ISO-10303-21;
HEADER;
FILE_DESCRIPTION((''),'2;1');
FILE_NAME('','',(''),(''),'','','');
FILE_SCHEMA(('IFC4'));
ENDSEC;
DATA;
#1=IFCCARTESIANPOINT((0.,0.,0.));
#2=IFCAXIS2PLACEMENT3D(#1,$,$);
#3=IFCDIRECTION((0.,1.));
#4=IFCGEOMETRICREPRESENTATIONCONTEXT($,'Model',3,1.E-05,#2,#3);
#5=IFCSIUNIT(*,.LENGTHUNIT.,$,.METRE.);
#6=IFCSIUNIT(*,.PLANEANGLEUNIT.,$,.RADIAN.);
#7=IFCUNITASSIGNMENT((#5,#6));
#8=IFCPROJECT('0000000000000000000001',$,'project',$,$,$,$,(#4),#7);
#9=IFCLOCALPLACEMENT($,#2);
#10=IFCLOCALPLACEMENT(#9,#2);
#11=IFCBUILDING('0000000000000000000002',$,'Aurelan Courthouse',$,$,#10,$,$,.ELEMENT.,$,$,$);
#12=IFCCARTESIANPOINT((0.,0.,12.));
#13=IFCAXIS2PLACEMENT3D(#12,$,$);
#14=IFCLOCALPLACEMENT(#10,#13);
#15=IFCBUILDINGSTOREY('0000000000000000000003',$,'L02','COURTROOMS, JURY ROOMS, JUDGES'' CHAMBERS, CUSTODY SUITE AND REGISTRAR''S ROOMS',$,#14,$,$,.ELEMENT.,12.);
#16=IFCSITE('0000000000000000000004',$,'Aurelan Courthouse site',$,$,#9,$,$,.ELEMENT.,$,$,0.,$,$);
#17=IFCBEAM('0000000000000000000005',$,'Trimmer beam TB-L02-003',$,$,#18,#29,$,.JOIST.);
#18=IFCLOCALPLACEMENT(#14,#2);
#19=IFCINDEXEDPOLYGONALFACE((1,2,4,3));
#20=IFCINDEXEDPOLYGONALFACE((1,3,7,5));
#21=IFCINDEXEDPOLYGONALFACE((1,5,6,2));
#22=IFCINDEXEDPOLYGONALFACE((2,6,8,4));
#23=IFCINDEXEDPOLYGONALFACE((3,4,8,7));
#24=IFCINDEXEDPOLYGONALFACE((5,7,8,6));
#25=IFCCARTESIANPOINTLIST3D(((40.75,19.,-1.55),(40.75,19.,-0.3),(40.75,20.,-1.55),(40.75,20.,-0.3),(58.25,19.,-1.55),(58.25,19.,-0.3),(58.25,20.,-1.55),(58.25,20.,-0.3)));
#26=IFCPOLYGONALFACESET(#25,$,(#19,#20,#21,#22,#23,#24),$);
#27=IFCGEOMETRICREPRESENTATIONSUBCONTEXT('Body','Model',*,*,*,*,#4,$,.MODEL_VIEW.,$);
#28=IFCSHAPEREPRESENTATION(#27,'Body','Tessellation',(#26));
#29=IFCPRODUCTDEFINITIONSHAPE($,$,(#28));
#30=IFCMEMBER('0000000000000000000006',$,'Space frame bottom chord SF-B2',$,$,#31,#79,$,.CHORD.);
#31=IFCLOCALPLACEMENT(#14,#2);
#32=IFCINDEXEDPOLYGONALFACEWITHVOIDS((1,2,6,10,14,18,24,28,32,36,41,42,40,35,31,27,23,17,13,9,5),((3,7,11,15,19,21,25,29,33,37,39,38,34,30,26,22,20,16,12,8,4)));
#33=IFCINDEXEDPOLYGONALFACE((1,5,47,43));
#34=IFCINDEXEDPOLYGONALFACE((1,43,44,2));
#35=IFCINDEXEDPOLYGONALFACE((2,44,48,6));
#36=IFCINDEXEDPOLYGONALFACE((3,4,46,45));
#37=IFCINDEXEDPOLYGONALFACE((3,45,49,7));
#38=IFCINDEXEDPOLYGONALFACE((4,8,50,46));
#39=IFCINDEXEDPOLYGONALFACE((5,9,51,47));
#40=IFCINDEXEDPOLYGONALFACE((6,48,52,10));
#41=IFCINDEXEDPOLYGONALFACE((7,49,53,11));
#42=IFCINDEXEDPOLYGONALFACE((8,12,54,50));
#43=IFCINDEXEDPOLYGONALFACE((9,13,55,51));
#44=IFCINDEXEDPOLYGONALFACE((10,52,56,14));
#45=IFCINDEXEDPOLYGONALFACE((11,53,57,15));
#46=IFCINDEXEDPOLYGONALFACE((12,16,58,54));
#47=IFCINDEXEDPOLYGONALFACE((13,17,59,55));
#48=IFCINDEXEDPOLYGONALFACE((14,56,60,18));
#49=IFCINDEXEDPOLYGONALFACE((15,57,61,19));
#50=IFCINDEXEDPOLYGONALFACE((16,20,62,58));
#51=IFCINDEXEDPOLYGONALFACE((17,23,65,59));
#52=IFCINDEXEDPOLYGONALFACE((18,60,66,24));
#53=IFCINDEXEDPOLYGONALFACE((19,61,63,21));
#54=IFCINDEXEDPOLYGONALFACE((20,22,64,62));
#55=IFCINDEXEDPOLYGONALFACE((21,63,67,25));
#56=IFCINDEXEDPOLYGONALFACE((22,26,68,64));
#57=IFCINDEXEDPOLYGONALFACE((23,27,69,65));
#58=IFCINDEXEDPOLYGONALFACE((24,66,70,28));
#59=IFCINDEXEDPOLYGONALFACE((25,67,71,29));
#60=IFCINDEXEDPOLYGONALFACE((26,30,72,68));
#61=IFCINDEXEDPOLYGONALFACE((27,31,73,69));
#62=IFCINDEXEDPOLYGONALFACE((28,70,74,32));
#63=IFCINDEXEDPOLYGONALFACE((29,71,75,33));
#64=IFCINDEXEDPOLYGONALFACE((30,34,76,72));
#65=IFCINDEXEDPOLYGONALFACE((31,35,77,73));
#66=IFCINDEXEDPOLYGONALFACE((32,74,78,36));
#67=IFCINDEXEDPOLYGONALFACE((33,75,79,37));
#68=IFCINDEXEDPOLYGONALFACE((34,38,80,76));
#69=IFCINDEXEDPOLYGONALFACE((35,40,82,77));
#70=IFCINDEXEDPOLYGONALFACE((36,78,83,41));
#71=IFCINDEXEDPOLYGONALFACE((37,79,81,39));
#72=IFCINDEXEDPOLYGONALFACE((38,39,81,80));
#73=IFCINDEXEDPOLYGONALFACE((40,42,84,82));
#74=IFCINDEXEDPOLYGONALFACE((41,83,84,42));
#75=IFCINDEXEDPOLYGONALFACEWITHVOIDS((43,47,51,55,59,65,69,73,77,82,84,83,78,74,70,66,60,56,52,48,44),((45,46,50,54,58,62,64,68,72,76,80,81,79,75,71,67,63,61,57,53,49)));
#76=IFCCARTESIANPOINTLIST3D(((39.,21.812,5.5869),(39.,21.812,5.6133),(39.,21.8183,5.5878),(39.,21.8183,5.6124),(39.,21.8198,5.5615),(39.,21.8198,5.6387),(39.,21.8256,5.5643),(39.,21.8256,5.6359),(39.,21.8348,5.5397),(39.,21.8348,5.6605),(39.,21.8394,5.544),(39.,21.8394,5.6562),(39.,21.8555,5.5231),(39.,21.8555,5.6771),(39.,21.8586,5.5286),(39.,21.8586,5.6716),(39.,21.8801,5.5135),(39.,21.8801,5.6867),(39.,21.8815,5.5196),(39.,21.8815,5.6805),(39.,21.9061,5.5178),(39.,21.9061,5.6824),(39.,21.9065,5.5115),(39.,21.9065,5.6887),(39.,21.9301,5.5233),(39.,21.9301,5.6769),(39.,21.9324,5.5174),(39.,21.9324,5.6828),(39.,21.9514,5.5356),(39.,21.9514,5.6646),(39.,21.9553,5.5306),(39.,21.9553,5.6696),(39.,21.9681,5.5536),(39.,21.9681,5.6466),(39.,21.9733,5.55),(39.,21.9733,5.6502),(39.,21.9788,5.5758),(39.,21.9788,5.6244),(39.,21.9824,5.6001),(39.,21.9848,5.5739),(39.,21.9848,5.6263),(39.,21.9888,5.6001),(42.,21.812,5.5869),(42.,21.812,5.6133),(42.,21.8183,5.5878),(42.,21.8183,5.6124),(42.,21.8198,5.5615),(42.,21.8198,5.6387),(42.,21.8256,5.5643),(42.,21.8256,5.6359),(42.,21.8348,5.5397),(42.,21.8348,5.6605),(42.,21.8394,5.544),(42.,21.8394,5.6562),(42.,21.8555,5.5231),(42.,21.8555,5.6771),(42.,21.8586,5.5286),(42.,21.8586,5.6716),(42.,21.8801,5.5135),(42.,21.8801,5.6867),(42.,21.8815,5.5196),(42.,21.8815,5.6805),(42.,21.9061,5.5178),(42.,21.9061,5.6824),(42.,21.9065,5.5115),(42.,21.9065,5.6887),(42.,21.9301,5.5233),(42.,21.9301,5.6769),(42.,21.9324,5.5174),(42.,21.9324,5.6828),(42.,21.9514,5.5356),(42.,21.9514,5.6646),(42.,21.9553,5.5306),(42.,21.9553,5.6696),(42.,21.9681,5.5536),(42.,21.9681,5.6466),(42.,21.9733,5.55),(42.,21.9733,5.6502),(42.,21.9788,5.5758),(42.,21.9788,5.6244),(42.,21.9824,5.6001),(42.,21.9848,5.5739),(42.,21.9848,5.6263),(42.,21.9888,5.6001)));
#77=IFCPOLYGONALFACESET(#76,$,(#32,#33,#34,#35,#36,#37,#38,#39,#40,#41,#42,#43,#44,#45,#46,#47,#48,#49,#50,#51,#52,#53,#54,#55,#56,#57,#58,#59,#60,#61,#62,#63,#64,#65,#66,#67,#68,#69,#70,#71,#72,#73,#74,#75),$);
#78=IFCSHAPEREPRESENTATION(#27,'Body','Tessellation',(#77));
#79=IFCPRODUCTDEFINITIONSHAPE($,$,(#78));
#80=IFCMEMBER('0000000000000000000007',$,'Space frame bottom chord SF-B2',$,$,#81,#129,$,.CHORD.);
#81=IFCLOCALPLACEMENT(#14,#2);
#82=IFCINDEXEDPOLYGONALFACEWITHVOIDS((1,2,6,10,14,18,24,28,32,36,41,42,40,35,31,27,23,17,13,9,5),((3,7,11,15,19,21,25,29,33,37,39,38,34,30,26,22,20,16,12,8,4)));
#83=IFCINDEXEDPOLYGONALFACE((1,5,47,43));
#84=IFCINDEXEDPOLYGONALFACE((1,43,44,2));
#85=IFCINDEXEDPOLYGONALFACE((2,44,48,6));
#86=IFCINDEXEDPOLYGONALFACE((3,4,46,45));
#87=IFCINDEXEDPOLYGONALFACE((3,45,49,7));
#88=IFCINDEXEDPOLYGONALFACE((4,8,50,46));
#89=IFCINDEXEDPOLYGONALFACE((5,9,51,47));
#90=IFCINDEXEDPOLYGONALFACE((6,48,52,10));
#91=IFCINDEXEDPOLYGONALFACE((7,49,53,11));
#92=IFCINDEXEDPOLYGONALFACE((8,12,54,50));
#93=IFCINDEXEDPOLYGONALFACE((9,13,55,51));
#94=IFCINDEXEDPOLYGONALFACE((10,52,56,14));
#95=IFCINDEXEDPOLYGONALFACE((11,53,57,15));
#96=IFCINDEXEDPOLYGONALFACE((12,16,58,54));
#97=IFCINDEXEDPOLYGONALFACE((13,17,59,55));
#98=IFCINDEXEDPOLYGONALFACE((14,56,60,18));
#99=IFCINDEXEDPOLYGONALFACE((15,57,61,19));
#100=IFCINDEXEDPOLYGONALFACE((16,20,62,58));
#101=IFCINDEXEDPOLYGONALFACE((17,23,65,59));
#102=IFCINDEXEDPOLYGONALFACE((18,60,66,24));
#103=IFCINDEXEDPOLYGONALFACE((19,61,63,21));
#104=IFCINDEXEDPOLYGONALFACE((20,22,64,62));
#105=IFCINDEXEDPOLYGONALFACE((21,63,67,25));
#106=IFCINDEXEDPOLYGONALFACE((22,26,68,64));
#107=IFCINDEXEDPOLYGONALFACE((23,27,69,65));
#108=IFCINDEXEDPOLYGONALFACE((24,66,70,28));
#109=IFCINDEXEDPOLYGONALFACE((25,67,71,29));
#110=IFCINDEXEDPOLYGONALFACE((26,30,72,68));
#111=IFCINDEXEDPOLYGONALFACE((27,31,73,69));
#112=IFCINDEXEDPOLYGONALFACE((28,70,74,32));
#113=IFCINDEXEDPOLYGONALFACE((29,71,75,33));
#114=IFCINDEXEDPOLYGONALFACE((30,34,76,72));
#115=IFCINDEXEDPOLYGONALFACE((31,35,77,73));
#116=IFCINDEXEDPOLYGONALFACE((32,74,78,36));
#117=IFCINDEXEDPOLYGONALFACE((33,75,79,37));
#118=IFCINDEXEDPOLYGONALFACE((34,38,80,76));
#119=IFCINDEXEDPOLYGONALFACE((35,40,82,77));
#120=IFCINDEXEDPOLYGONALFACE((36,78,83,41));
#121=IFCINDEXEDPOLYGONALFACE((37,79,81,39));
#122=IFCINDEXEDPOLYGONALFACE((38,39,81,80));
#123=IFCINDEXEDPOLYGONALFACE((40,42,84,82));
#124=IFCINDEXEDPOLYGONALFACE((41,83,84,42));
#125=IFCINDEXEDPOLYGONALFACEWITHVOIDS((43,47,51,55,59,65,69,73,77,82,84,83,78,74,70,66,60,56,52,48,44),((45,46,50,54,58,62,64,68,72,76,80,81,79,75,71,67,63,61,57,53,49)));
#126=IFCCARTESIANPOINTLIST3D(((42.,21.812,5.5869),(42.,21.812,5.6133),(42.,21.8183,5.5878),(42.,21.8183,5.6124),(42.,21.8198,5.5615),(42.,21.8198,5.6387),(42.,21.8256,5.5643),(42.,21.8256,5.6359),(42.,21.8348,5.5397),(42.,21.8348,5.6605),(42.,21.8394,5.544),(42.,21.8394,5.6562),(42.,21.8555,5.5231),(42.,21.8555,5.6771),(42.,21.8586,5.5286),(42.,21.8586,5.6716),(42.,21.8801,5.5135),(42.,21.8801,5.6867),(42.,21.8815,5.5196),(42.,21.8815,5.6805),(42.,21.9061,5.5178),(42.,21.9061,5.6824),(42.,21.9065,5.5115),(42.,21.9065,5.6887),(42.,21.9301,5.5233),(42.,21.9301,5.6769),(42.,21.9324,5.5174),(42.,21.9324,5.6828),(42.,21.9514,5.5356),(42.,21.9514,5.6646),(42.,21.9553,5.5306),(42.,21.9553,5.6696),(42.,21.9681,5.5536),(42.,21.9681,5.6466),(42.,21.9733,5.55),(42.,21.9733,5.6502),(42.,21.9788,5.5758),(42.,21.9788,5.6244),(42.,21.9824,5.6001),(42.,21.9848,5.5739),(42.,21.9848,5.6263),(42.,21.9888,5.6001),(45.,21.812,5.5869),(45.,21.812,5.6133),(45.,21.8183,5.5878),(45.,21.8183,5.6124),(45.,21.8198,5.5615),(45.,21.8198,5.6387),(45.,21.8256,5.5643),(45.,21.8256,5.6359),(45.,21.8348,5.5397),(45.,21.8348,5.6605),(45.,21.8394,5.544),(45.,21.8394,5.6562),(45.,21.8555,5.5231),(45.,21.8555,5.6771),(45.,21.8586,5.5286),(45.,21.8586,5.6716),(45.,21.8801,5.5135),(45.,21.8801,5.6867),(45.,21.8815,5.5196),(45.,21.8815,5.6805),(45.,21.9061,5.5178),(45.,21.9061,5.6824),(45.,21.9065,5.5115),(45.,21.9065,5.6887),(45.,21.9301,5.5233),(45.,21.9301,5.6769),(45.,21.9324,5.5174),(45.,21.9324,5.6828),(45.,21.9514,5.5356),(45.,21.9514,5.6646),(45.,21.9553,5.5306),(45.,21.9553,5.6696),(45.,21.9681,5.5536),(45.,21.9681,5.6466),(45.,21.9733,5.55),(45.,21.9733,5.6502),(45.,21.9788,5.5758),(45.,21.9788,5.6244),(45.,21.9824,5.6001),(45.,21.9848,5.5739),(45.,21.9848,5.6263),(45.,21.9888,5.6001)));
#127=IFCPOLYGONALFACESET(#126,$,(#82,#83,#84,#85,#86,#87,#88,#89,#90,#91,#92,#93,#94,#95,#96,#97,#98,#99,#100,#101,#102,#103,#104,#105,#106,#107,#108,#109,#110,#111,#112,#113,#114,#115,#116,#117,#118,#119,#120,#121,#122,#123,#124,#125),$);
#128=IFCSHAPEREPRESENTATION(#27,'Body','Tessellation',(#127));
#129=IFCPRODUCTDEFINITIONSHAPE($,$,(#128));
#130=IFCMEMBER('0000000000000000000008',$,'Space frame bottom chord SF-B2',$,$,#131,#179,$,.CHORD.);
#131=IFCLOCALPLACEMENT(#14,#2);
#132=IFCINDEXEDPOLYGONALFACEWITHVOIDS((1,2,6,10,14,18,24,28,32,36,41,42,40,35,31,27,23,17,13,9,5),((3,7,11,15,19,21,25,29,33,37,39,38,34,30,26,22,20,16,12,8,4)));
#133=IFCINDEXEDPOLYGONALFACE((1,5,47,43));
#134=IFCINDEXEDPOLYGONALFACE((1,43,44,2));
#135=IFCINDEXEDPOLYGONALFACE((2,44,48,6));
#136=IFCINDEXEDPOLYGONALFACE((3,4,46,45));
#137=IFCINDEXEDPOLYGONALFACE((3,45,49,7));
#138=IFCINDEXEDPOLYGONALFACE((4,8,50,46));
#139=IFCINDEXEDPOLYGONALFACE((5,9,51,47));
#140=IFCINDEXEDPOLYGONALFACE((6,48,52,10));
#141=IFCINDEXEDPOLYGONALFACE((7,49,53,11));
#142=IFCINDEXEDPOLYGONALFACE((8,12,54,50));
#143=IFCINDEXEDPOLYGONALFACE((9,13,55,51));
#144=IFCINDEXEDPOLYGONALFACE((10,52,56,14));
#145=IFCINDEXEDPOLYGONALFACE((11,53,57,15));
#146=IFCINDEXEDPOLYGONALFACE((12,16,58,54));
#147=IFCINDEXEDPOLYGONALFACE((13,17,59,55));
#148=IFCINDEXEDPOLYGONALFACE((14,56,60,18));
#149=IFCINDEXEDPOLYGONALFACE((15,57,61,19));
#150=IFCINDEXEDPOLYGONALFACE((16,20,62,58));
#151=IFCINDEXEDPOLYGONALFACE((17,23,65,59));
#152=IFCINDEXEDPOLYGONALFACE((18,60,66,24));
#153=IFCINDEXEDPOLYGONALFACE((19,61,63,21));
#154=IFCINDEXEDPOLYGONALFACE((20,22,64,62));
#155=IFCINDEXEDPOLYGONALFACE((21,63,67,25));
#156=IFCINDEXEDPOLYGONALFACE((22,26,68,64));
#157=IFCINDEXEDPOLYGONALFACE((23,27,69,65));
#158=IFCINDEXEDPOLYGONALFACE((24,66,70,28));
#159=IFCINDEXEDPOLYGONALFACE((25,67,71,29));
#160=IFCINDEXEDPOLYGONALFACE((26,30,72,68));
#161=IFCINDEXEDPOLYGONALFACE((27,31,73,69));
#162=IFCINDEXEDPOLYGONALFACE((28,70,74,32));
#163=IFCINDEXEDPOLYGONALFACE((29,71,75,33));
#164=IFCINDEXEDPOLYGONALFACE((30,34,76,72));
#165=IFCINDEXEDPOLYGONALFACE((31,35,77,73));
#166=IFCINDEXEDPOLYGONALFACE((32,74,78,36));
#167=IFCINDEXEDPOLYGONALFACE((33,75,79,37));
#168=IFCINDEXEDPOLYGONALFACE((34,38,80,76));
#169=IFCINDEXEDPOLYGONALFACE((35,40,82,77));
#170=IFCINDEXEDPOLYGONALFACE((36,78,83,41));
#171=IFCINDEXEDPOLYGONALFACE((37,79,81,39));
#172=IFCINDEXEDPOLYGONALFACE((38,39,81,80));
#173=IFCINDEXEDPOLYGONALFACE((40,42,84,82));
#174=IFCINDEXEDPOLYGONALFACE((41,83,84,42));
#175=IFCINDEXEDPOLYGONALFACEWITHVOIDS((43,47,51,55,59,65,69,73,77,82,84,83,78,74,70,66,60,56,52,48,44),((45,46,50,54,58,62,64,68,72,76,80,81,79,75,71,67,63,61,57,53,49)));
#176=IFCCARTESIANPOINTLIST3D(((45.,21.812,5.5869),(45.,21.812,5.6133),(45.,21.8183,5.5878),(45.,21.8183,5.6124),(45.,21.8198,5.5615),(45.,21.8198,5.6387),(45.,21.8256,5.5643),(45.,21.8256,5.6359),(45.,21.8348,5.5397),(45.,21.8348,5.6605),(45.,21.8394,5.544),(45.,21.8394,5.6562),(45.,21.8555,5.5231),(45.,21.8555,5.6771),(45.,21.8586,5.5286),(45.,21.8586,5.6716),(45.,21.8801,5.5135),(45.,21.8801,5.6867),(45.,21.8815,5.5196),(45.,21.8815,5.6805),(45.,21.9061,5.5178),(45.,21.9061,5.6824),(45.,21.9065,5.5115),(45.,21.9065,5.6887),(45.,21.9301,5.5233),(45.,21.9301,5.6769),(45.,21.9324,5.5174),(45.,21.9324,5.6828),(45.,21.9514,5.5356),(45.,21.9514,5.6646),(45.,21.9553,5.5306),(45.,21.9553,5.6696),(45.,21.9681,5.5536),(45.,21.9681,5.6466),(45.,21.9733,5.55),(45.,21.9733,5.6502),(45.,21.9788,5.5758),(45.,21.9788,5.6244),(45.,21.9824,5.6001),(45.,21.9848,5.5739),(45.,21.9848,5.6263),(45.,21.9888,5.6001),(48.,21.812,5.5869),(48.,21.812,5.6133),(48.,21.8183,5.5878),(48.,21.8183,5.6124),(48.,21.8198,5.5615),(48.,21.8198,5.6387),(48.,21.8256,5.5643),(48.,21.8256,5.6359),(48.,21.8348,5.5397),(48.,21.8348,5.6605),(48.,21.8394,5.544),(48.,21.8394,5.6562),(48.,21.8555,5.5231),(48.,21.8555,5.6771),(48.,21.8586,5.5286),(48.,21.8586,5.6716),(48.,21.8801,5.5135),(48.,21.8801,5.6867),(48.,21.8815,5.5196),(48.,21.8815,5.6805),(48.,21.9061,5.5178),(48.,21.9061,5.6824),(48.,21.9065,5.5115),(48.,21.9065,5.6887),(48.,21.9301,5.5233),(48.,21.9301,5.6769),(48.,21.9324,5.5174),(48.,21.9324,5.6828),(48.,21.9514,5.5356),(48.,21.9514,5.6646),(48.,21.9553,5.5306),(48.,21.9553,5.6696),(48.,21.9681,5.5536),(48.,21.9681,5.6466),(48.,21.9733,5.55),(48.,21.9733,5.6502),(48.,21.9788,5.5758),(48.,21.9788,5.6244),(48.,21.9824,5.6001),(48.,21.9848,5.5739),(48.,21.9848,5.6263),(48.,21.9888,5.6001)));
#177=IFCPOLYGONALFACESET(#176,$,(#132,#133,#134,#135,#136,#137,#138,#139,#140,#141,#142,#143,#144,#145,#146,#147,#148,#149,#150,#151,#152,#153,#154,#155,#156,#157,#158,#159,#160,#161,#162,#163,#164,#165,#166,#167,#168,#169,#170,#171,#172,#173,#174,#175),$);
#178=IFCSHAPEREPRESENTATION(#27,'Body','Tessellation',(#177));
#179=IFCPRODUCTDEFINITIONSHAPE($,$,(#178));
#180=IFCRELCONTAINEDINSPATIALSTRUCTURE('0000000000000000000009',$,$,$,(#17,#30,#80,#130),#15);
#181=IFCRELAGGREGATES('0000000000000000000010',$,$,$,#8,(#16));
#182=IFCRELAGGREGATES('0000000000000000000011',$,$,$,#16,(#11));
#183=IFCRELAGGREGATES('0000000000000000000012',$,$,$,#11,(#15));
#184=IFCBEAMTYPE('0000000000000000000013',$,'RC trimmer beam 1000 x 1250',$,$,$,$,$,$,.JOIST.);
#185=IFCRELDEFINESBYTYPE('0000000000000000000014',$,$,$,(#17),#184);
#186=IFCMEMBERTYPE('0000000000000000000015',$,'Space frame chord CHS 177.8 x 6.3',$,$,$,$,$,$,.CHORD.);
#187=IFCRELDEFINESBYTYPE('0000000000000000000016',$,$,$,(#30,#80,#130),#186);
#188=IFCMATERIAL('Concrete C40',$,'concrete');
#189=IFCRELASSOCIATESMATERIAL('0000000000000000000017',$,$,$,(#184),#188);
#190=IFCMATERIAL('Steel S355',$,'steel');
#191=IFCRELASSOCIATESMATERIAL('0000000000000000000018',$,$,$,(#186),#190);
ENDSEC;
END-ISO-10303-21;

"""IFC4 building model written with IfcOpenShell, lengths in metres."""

from ifc_helpers import new_model, si_unit, direction, frame, origin, origin_2d, place, context, subcontext, project, spatial, rectangle, hollow_circle, extrude, material, material_profile, profile_set, type_object, element, save


model = new_model("IFC4")

# Units and contexts
model_context = context("Model", 3, precision=1e-05, world=origin(), true_north=direction((0.0, 1.0)))
body_context = subcontext(model_context, "Body", "Model", "MODEL_VIEW")
ifc_project = project(units=[si_unit("LENGTHUNIT", "METRE"), si_unit("PLANEANGLEUNIT", "RADIAN")], contexts=[model_context])

# Site, building, storey
site_placement = place(None, origin())
site = spatial("IfcSite", under=ifc_project, at=site_placement, Name="Aurelan Courthouse site", CompositionType="ELEMENT", RefElevation=0.0)
building_placement = place(site_placement, origin())
building = spatial("IfcBuilding", under=site, at=building_placement, Name="Aurelan Courthouse", CompositionType="ELEMENT")
storey_placement = place(building_placement, frame((0.0, 0.0, 12.0)))
storey = spatial("IfcBuildingStorey", under=building, at=storey_placement, Name="L02", Description="COURTROOMS, JURY ROOMS, JUDGES' CHAMBERS, CUSTODY SUITE AND REGISTRAR'S ROOMS", CompositionType="ELEMENT", Elevation=12.0)

# Beam
ifc_material_1 = material(Name="Concrete C40", Category="concrete")
ifc_material_profile_1 = material_profile(ifc_material_1, rectangle(XDim=1.0, YDim=1.25, at=origin_2d()), Name="RC 1000 x 1250")
ifc_profile_set_1 = profile_set([ifc_material_profile_1], Name="Concrete C40")
beam_type = type_object("IfcBeamType", Name="RC trimmer beam 1000 x 1250", PredefinedType="JOIST", material=ifc_profile_set_1)
beam_placement = place(storey_placement, frame((40.75, 19.5, -0.925), z_axis=(1.0, 0.0, 0.0), x_axis=(0.0, 1.0, 0.0)))
element("IfcBeam", 1, at=beam_placement, inside=storey, type_object=beam_type, Name="Trimmer beam TB-L02-003", PredefinedType="JOIST", context=body_context, shape_type="SweptSolid", body=[
    extrude(rectangle(XDim=1.0, YDim=1.25, at=origin_2d()), origin(), (0.0, 0.0, 1.0), 17.5),
])

# Members
ifc_material_2 = material(Name="Steel S355", Category="steel")
ifc_material_profile_2 = material_profile(ifc_material_2, hollow_circle(Radius=0.0889, WallThickness=0.0063, at=origin_2d()), Name="CHS 177.8 x 6.3")
ifc_profile_set_2 = profile_set([ifc_material_profile_2], Name="Steel S355")
member_type_1 = type_object("IfcMemberType", Name="Space frame chord CHS 177.8 x 6.3", PredefinedType="CHORD", material=ifc_profile_set_2)
for number, where, z_axis, x_axis, name in (
    (2, (39.0, 21.8999, 5.6001), (1.0, 0.0, 0.0), (0.0, 1.0, 0.0), "Space frame bottom chord SF-B2"),
    (3, (42.0, 21.8999, 5.6001), (1.0, 0.0, 0.0), (0.0, 1.0, 0.0), "Space frame bottom chord SF-B2"),
    (4, (45.0, 21.8999, 5.6001), (1.0, 0.0, 0.0), (0.0, 1.0, 0.0), "Space frame bottom chord SF-B2"),
):
    element("IfcMember", number, at=place(storey_placement, frame(where, z_axis=z_axis, x_axis=x_axis)), inside=storey, type_object=member_type_1, Name=name, PredefinedType="CHORD", context=body_context, shape_type="SweptSolid", body=[
        extrude(hollow_circle(Radius=0.0889, WallThickness=0.0063, at=origin_2d()), origin(), (0.0, 0.0, 1.0), 3.0),
    ])

save(model, "model.ifc")
